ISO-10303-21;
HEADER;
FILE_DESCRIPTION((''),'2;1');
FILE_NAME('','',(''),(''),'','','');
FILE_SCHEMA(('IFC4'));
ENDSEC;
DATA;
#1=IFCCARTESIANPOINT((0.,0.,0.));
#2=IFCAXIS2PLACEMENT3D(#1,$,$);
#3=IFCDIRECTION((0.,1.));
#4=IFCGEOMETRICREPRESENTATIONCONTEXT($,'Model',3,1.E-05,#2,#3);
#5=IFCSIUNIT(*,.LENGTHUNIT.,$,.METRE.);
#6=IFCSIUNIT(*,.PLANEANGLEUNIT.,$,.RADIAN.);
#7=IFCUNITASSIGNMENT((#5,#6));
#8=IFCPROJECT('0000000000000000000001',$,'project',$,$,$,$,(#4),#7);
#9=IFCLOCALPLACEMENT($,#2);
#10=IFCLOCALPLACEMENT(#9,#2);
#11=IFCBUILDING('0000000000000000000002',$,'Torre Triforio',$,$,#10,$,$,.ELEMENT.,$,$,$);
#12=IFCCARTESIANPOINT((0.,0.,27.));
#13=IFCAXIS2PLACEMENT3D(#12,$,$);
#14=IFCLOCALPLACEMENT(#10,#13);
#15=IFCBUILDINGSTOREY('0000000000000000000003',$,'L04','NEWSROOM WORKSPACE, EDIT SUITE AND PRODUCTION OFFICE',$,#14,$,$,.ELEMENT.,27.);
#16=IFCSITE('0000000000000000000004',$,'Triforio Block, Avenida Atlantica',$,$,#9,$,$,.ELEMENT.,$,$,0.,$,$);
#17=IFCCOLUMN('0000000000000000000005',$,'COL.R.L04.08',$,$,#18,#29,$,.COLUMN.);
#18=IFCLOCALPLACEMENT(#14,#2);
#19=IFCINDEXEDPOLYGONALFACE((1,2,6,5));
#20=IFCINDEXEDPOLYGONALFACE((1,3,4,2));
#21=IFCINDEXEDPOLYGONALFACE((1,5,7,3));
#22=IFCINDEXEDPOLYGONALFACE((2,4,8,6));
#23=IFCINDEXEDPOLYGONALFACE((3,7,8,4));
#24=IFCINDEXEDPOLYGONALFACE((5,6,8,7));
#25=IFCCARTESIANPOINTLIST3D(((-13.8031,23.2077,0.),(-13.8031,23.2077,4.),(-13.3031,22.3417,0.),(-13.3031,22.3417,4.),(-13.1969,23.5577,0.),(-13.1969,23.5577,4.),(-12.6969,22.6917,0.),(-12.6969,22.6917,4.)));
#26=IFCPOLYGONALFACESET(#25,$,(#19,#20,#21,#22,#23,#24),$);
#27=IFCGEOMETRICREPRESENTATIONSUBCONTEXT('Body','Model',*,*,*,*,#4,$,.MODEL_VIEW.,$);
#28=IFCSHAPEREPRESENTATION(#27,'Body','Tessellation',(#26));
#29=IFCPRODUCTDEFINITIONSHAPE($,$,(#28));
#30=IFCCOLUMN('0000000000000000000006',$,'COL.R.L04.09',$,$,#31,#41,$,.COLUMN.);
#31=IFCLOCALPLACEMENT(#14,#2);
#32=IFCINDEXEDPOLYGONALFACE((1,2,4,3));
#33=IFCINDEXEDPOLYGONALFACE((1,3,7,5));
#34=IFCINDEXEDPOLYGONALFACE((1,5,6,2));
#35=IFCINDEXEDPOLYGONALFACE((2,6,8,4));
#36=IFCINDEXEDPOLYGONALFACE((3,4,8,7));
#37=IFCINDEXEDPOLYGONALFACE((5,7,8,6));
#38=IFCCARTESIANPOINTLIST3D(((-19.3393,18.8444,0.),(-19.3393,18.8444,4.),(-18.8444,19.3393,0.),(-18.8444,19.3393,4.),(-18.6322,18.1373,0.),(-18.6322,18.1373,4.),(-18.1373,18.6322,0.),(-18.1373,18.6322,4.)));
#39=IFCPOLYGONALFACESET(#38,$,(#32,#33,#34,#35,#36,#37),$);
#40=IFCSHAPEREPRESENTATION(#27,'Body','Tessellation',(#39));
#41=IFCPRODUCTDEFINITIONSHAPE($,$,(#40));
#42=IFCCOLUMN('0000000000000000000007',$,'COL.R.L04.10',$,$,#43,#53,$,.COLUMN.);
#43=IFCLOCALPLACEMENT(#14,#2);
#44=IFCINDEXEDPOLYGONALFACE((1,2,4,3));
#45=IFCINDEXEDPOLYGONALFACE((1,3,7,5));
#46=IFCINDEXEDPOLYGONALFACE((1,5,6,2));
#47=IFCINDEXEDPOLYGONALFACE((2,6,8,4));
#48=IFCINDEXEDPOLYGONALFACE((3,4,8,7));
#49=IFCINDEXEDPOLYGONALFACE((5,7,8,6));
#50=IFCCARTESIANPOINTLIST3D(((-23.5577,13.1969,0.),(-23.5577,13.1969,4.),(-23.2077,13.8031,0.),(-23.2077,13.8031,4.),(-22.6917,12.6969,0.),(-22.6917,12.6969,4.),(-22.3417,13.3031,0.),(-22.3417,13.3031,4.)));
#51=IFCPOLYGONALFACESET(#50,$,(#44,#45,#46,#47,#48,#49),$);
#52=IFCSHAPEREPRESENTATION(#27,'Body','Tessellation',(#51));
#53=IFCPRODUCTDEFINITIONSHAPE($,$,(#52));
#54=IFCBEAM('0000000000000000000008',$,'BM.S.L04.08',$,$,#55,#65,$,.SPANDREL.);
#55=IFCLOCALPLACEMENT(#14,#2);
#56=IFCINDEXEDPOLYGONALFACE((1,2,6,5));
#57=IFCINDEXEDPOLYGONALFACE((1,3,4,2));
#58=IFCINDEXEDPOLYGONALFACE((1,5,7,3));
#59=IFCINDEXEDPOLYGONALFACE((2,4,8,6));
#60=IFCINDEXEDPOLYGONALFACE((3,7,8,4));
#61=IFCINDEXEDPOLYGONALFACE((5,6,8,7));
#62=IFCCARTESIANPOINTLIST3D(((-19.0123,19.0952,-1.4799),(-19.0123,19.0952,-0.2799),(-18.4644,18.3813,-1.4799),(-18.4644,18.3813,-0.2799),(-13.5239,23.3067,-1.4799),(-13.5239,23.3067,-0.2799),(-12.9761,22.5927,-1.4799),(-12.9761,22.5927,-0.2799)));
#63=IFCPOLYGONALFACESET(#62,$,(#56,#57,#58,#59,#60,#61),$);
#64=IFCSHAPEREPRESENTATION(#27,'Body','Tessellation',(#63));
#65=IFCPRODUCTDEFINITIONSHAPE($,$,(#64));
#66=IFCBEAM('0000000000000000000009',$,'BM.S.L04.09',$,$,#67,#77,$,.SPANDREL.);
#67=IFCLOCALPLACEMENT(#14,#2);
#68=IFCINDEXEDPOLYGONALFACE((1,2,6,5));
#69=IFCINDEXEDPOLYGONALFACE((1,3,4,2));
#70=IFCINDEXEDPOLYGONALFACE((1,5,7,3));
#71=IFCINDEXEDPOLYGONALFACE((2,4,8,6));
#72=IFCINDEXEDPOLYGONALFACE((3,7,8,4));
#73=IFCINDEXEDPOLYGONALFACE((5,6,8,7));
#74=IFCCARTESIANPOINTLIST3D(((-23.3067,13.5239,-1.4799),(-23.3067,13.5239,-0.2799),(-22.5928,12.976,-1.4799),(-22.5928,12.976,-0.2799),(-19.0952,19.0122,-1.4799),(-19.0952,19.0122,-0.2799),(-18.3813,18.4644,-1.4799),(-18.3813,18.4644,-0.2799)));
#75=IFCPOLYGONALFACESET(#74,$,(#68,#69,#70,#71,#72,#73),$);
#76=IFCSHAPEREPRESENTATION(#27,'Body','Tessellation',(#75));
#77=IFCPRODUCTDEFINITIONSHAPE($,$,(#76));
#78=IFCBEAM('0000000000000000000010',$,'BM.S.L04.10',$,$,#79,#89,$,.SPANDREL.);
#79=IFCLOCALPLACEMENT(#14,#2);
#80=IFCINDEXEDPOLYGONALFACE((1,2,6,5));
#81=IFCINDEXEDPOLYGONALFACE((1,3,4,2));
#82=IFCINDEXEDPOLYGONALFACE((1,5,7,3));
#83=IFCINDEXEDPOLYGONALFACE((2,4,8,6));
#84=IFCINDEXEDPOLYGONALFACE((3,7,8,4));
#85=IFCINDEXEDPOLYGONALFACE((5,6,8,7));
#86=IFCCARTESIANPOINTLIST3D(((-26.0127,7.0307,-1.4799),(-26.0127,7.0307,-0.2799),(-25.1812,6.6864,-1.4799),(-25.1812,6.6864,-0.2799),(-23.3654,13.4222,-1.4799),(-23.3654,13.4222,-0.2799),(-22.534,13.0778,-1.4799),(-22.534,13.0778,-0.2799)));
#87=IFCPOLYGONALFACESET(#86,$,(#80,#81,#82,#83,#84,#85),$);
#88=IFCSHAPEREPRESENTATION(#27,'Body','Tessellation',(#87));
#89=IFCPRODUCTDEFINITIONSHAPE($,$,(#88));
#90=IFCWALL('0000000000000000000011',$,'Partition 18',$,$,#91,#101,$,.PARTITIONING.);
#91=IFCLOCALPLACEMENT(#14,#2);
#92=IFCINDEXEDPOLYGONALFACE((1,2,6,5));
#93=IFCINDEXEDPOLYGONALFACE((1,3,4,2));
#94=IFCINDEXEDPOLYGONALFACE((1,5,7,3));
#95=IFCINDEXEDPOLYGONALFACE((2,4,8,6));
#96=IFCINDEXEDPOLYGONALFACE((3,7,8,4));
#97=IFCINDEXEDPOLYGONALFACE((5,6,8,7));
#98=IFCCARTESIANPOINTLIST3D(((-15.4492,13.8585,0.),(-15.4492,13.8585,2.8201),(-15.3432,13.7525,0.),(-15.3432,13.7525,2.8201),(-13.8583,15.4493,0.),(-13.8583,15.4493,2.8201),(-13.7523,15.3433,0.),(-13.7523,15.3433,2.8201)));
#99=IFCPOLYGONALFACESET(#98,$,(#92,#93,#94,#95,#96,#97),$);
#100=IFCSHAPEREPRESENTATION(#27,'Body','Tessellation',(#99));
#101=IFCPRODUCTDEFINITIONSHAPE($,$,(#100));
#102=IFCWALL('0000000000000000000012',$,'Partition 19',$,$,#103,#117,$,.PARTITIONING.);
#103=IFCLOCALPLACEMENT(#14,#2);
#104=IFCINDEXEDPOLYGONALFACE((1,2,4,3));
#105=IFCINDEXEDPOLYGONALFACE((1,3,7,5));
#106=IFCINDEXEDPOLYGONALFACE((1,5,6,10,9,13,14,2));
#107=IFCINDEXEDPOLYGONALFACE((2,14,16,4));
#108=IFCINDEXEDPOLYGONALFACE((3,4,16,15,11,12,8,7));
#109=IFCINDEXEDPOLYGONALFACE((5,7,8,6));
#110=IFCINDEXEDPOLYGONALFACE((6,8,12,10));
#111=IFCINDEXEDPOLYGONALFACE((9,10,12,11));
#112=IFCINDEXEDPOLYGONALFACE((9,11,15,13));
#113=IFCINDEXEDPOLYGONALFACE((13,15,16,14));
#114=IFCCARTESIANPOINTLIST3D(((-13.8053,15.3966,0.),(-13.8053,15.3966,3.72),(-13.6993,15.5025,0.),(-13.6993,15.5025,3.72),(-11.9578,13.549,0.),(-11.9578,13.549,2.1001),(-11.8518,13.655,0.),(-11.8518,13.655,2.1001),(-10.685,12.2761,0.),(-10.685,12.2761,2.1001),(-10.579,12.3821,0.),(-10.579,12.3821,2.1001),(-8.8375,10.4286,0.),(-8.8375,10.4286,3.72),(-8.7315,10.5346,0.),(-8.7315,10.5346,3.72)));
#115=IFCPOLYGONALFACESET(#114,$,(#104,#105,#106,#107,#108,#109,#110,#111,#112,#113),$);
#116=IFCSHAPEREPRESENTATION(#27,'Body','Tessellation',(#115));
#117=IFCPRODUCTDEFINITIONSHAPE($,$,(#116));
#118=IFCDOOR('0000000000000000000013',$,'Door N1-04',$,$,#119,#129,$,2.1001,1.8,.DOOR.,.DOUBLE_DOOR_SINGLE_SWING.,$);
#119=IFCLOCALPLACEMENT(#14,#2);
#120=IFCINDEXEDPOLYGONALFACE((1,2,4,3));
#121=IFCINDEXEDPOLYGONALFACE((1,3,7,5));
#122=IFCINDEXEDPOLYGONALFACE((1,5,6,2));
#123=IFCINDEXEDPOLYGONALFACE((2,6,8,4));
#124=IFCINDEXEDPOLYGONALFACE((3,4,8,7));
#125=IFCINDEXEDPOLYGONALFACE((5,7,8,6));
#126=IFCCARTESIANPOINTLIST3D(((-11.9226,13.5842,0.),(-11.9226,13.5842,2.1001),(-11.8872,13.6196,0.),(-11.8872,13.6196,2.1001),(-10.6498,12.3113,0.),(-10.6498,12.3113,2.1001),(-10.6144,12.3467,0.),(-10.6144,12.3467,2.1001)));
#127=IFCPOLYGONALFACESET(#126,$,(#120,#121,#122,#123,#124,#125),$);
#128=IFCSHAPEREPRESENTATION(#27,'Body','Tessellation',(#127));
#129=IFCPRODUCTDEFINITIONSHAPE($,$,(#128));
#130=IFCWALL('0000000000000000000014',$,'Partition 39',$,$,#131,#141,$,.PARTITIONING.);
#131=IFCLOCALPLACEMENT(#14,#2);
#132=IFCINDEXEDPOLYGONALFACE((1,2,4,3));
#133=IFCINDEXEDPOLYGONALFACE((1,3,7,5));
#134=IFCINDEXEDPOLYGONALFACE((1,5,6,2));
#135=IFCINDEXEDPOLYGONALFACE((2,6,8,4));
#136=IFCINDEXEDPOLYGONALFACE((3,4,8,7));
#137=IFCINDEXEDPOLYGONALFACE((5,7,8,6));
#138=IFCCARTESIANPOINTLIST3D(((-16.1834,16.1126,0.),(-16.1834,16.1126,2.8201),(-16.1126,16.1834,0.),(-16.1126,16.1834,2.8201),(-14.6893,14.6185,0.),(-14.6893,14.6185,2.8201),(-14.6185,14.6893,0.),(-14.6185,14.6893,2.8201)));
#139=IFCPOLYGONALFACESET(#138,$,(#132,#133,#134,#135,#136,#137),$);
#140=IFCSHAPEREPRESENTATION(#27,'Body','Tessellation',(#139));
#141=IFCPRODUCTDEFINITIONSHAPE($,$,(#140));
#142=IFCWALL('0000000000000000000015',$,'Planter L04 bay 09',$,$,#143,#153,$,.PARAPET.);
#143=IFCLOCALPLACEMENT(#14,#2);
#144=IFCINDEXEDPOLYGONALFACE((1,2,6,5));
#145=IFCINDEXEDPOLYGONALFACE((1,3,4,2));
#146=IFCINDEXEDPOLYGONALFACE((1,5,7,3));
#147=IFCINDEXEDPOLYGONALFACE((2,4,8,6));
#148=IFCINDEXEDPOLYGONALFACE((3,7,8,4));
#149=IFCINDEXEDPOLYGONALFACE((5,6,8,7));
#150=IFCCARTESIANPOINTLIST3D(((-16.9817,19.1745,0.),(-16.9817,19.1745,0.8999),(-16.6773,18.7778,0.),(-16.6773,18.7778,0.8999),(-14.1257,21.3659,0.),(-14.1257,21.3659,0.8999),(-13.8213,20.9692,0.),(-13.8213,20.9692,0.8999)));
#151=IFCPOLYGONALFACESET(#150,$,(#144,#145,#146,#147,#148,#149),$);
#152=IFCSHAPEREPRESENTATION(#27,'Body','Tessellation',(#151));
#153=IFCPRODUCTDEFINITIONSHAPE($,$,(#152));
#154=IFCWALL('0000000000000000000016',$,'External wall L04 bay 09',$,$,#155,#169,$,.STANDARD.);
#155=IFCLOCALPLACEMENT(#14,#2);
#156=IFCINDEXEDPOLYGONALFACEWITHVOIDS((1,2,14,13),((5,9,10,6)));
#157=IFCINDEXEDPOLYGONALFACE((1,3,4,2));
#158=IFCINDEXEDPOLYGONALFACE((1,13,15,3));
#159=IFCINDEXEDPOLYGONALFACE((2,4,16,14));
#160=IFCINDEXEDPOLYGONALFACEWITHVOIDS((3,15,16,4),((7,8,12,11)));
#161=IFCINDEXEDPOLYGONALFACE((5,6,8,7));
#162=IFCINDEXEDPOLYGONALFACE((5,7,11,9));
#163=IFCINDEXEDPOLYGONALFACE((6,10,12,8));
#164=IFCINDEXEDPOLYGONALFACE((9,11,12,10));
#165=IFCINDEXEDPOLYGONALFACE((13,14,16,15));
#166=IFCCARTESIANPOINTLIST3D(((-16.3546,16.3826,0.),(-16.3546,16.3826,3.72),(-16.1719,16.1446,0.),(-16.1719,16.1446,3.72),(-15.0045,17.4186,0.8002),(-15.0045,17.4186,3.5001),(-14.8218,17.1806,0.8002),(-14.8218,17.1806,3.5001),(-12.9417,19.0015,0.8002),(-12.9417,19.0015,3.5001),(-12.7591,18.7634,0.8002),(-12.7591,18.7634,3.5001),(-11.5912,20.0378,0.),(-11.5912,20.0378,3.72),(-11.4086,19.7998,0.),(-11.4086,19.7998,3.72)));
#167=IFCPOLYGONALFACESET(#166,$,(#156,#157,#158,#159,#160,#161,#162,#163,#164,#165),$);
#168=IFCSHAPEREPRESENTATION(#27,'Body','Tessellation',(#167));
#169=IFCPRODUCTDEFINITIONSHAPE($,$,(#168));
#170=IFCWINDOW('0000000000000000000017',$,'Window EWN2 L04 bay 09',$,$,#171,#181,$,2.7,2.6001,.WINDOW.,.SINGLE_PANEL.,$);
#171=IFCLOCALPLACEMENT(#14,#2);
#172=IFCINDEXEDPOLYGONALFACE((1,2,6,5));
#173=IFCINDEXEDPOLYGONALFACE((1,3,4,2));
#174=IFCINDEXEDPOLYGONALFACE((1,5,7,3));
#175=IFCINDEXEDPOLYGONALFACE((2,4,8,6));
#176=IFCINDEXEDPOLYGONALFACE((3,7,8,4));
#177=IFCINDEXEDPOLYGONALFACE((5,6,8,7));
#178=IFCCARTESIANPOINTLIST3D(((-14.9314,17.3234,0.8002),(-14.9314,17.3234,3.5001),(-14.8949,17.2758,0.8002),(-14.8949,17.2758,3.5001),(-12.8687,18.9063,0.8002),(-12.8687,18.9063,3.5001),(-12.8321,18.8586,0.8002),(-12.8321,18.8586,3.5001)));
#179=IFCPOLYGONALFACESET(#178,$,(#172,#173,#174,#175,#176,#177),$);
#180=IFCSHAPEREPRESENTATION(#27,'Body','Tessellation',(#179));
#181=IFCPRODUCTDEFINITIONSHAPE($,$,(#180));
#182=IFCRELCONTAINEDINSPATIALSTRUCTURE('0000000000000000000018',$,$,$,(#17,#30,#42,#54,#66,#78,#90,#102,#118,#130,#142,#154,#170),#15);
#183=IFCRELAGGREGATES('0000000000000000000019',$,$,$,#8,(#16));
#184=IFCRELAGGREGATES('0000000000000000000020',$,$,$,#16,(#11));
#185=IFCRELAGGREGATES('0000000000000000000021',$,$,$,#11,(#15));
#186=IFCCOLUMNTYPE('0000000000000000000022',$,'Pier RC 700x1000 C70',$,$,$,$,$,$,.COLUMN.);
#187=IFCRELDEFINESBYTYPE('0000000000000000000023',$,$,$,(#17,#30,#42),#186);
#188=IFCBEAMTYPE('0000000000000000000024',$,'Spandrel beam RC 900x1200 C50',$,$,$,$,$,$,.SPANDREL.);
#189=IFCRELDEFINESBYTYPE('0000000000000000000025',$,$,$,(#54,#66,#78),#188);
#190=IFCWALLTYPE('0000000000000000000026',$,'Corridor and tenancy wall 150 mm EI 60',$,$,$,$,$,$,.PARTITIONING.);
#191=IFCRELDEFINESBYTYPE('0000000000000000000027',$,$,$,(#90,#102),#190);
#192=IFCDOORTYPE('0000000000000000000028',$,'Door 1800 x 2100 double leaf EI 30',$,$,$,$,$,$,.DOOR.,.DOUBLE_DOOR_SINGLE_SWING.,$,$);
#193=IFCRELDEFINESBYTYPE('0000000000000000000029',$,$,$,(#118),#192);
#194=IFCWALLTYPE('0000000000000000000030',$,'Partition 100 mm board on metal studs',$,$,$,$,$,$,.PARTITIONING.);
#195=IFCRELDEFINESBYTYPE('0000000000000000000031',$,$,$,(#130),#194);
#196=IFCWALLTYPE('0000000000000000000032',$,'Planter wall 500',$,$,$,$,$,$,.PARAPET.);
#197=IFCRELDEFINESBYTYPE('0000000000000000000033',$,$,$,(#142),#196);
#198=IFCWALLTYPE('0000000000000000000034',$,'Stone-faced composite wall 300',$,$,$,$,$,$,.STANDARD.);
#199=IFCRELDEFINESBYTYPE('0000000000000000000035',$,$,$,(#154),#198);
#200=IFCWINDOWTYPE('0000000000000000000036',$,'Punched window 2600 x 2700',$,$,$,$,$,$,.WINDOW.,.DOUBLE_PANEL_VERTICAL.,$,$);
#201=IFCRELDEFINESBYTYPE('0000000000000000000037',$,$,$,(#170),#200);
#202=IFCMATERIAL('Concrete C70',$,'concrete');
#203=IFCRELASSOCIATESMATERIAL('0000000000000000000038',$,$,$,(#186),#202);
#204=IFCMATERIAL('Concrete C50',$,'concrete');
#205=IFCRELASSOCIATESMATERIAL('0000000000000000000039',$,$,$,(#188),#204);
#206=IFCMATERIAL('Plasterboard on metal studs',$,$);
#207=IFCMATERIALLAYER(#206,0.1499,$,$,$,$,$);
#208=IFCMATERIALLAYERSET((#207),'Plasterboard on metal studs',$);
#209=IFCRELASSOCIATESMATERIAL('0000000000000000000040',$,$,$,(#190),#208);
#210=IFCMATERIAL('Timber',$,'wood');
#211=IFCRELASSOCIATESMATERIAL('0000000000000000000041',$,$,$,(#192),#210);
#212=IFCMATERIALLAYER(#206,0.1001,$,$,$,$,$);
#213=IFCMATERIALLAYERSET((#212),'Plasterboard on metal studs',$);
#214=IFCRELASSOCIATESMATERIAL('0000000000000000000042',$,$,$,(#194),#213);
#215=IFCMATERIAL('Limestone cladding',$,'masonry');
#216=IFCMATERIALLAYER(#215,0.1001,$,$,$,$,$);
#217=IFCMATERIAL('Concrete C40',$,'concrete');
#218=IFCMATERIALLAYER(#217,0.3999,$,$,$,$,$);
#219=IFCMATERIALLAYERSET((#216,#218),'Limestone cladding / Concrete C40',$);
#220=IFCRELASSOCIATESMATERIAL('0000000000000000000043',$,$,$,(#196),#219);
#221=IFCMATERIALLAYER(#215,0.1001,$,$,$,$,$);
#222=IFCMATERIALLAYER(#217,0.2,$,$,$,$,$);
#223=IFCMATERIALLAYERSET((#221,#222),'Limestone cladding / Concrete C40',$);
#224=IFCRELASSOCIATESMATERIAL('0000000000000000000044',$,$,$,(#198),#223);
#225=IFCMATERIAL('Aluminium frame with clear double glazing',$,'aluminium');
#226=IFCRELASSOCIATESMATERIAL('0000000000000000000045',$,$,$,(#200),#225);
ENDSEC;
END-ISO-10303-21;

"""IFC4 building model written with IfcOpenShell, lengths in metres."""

from ifc_helpers import new_model, si_unit, direction, frame, frame_2d, origin, origin_2d, place, context, subcontext, project, spatial, rectangle, extrude, material, layer, layer_set, material_profile, profile_set, type_object, element, fill, save


model = new_model("IFC4")

# Units and contexts
model_context = context("Model", 3, precision=1e-05, world=origin(), true_north=direction((0.0, 1.0)))
body_context = subcontext(model_context, "Body", "Model", "MODEL_VIEW")
ifc_project = project(units=[si_unit("LENGTHUNIT", "METRE"), si_unit("PLANEANGLEUNIT", "RADIAN")], contexts=[model_context])

# Site, building, storey
site_placement = place(None, origin())
site = spatial("IfcSite", under=ifc_project, at=site_placement, Name="Triforio Block, Avenida Atlantica", CompositionType="ELEMENT", RefElevation=0.0)
building_placement = place(site_placement, origin())
building = spatial("IfcBuilding", under=site, at=building_placement, Name="Torre Triforio", CompositionType="ELEMENT")
storey_placement = place(building_placement, frame((0.0, 0.0, 27.0)))
storey = spatial("IfcBuildingStorey", under=building, at=storey_placement, Name="L04", Description="NEWSROOM WORKSPACE, EDIT SUITE AND PRODUCTION OFFICE", CompositionType="ELEMENT", Elevation=27.0)

# Columns
ifc_material_1 = material(Name="Concrete C70", Category="concrete")
ifc_material_profile_1 = material_profile(ifc_material_1, rectangle(XDim=0.7, YDim=1.0, at=origin_2d()), Name="RC 700x1000")
ifc_profile_set_1 = profile_set([ifc_material_profile_1], Name="Concrete C70")
column_type = type_object("IfcColumnType", Name="Pier RC 700x1000 C70", PredefinedType="COLUMN", material=ifc_profile_set_1)
for number, where, z_axis, x_axis, name in (
    (1, (-13.25, 22.9497, 0.0), (0.0, 0.0, 1.0), (-0.866025, -0.5, 0.0), "COL.R.L04.08"),
    (2, (-18.7383, 18.7383, 0.0), (0.0, 0.0, 1.0), (-0.707107, -0.707107, 0.0), "COL.R.L04.09"),
    (3, (-22.9497, 13.25, 0.0), (0.0, 0.0, 1.0), (-0.5, -0.866025, 0.0), "COL.R.L04.10"),
):
    element("IfcColumn", number, at=place(storey_placement, frame(where, z_axis=z_axis, x_axis=x_axis)), inside=storey, type_object=column_type, Name=name, PredefinedType="COLUMN", context=body_context, shape_type="SweptSolid", body=[
        extrude(rectangle(XDim=0.7, YDim=1.0, at=origin_2d()), origin(), (0.0, 0.0, 1.0), 4.0),
    ])

# Beams
ifc_material_2 = material(Name="Concrete C50", Category="concrete")
ifc_material_profile_2 = material_profile(ifc_material_2, rectangle(XDim=0.8999, YDim=1.2, at=origin_2d()), Name="RC 900x1200")
ifc_profile_set_2 = profile_set([ifc_material_profile_2], Name="Concrete C50")
beam_type = type_object("IfcBeamType", Name="Spandrel beam RC 900x1200 C50", PredefinedType="SPANDREL", material=ifc_profile_set_2)
for number, where, z_axis, x_axis, name in (
    (4, (-13.25, 22.9497, -0.8799), (-0.793345, -0.608772, 0.0), (0.608772, -0.793345, 0.0), "BM.S.L04.08"),
    (5, (-18.7383, 18.7383, -0.8799), (-0.608772, -0.793345, 0.0), (0.793345, -0.608772, 0.0), "BM.S.L04.09"),
    (6, (-22.9497, 13.25, -0.8799), (-0.382662, -0.923888, 0.0), (0.923888, -0.382662, 0.0), "BM.S.L04.10"),
):
    element("IfcBeam", number, at=place(storey_placement, frame(where, z_axis=z_axis, x_axis=x_axis)), inside=storey, type_object=beam_type, Name=name, PredefinedType="SPANDREL", context=body_context, shape_type="SweptSolid", body=[
        extrude(rectangle(XDim=0.8999, YDim=1.2, at=origin_2d()), origin(), (0.0, 0.0, 1.0), 6.918),
    ])

# Wall
ifc_material_3 = material(Name="Plasterboard on metal studs")
ifc_layer_1 = layer(ifc_material_3, 0.1499)
ifc_layer_set_1 = layer_set([ifc_layer_1], Name="Plasterboard on metal studs")
wall_type_1 = type_object("IfcWallType", Name="Corridor and tenancy wall 150 mm EI 60", PredefinedType="PARTITIONING", material=ifc_layer_set_1)
wall_1_placement = place(storey_placement, frame((-15.3962, 13.8054, 0.0), z_axis=(0.0, 0.0, 1.0), x_axis=(0.707107, 0.707107, 0.0)))
element("IfcWall", 7, at=wall_1_placement, inside=storey, type_object=wall_type_1, Name="Partition 18", PredefinedType="PARTITIONING", context=body_context, shape_type="SweptSolid", body=[
    extrude(rectangle(XDim=2.2498, YDim=0.1499, at=frame_2d((1.125, 0.0))), origin(), (0.0, 0.0, 1.0), 2.8201),
])

# Wall, opening, door
wall_2_placement = place(storey_placement, frame((-13.7522, 15.4495, 0.0), z_axis=(0.0, 0.0, 1.0), x_axis=(0.707089, -0.707124, 0.0)))
wall_2 = element("IfcWall", 8, at=wall_2_placement, inside=storey, type_object=wall_type_1, Name="Partition 19", PredefinedType="PARTITIONING", context=body_context, shape_type="SweptSolid", body=[
    extrude(rectangle(XDim=7.0256, YDim=0.1499, at=frame_2d((3.5127, 0.0))), origin(), (0.0, 0.0, 1.0), 3.72),
])
opening_1_placement = place(wall_2_placement, frame((2.6128, 0.0, 0.0)))
opening_1 = element("IfcOpeningElement", 9, at=opening_1_placement, cuts=wall_2, PredefinedType="OPENING", context=body_context, shape_type="SweptSolid", body=[
    extrude(rectangle(XDim=1.8, YDim=2.1001, at=frame_2d((0.8999, 1.05))), frame((0.0, 0.085, 0.0), z_axis=(0.0, -1.0, 0.0), x_axis=(1.0, 0.0, 0.0)), (0.0, 0.0, 1.0), 0.1699),
])
ifc_material_4 = material(Name="Timber", Category="wood")
door_type_1 = type_object("IfcDoorType", Name="Door 1800 x 2100 double leaf EI 30", OperationType="DOUBLE_DOOR_SINGLE_SWING", PredefinedType="DOOR", material=ifc_material_4)
door_1_placement = place(opening_1_placement, origin())
door_1 = element("IfcDoor", 10, at=door_1_placement, inside=storey, type_object=door_type_1, Name="Door N1-04", OperationType="DOUBLE_DOOR_SINGLE_SWING", OverallHeight=2.1001, OverallWidth=1.8, PredefinedType="DOOR", context=body_context, shape_type="SweptSolid", body=[
    extrude(rectangle(XDim=1.8, YDim=2.1001, at=frame_2d((0.8999, 1.05))), frame((0.0, 0.0249, 0.0), z_axis=(0.0, -1.0, 0.0), x_axis=(1.0, 0.0, 0.0)), (0.0, 0.0, 1.0), 0.05),
])
fill(opening_1, door_1)

# Walls
ifc_layer_2 = layer(ifc_material_3, 0.1001)
ifc_layer_set_2 = layer_set([ifc_layer_2], Name="Plasterboard on metal studs")
wall_type_2 = type_object("IfcWallType", Name="Partition 100 mm board on metal studs", PredefinedType="PARTITIONING", material=ifc_layer_set_2)
wall_3_placement = place(storey_placement, frame((-14.6538, 14.6538, 0.0), z_axis=(0.0, 0.0, 1.0), x_axis=(-0.707107, 0.707107, 0.0)))
element("IfcWall", 11, at=wall_3_placement, inside=storey, type_object=wall_type_2, Name="Partition 39", PredefinedType="PARTITIONING", context=body_context, shape_type="SweptSolid", body=[
    extrude(rectangle(XDim=2.113, YDim=0.1001, at=frame_2d((1.0566, 0.0))), origin(), (0.0, 0.0, 1.0), 2.8201),
])
ifc_material_5 = material(Name="Limestone cladding", Category="masonry")
ifc_layer_3 = layer(ifc_material_5, 0.1001)
ifc_material_6 = material(Name="Concrete C40", Category="concrete")
ifc_layer_4 = layer(ifc_material_6, 0.3999)
ifc_layer_set_3 = layer_set([ifc_layer_3, ifc_layer_4], Name="Limestone cladding / Concrete C40")
wall_type_3 = type_object("IfcWallType", Name="Planter wall 500", PredefinedType="PARAPET", material=ifc_layer_set_3)
wall_4_placement = place(storey_placement, frame((-13.9736, 21.1675, 0.0), z_axis=(0.0, 0.0, 1.0), x_axis=(-0.79336, -0.608753, 0.0)))
element("IfcWall", 12, at=wall_4_placement, inside=storey, type_object=wall_type_3, Name="Planter L04 bay 09", PredefinedType="PARAPET", context=body_context, shape_type="SweptSolid", body=[
    extrude(rectangle(XDim=3.5999, YDim=0.5, at=frame_2d((1.7998, 0.0))), origin(), (0.0, 0.0, 1.0), 0.8999),
])

# Wall, opening, window
ifc_layer_5 = layer(ifc_material_5, 0.1001)
ifc_layer_6 = layer(ifc_material_6, 0.2)
ifc_layer_set_4 = layer_set([ifc_layer_5, ifc_layer_6], Name="Limestone cladding / Concrete C40")
wall_type_4 = type_object("IfcWallType", Name="Stone-faced composite wall 300", PredefinedType="STANDARD", material=ifc_layer_set_4)
wall_5_placement = place(storey_placement, frame((-11.5, 19.9187, 0.0), z_axis=(0.0, 0.0, 1.0), x_axis=(-0.79334, -0.608779, 0.0)))
wall_5 = element("IfcWall", 13, at=wall_5_placement, inside=storey, type_object=wall_type_4, Name="External wall L04 bay 09", PredefinedType="STANDARD", context=body_context, shape_type="SweptSolid", body=[
    extrude(rectangle(XDim=6.0042, YDim=0.3, at=frame_2d((3.002, 0.0))), origin(), (0.0, 0.0, 1.0), 3.72),
])
opening_2_placement = place(wall_5_placement, frame((1.7021, 0.0, 0.8)))
opening_2 = element("IfcOpeningElement", 14, at=opening_2_placement, cuts=wall_5, PredefinedType="OPENING", context=body_context, shape_type="SweptSolid", body=[
    extrude(rectangle(XDim=2.6001, YDim=2.7, at=frame_2d((1.3, 1.3501))), frame((0.0, 0.1599, 0.0), z_axis=(0.0, -1.0, 0.0), x_axis=(1.0, 0.0, 0.0)), (0.0, 0.0, 1.0), 0.3201),
])
ifc_material_7 = material(Name="Aluminium frame with clear double glazing", Category="aluminium")
window_type_1 = type_object("IfcWindowType", Name="Punched window 2600 x 2700", PartitioningType="DOUBLE_PANEL_VERTICAL", PredefinedType="WINDOW", material=ifc_material_7)
window_1_placement = place(opening_2_placement, origin())
window_1 = element("IfcWindow", 15, at=window_1_placement, inside=storey, type_object=window_type_1, Name="Window EWN2 L04 bay 09", OverallHeight=2.7, OverallWidth=2.6001, PartitioningType="SINGLE_PANEL", PredefinedType="WINDOW", context=body_context, shape_type="SweptSolid", body=[
    extrude(rectangle(XDim=2.6001, YDim=2.7, at=frame_2d((1.3, 1.3501))), frame((0.0, 0.03, 0.0), z_axis=(0.0, -1.0, 0.0), x_axis=(1.0, 0.0, 0.0)), (0.0, 0.0, 1.0), 0.0601),
])
fill(opening_2, window_1)

save(model, "model.ifc")
